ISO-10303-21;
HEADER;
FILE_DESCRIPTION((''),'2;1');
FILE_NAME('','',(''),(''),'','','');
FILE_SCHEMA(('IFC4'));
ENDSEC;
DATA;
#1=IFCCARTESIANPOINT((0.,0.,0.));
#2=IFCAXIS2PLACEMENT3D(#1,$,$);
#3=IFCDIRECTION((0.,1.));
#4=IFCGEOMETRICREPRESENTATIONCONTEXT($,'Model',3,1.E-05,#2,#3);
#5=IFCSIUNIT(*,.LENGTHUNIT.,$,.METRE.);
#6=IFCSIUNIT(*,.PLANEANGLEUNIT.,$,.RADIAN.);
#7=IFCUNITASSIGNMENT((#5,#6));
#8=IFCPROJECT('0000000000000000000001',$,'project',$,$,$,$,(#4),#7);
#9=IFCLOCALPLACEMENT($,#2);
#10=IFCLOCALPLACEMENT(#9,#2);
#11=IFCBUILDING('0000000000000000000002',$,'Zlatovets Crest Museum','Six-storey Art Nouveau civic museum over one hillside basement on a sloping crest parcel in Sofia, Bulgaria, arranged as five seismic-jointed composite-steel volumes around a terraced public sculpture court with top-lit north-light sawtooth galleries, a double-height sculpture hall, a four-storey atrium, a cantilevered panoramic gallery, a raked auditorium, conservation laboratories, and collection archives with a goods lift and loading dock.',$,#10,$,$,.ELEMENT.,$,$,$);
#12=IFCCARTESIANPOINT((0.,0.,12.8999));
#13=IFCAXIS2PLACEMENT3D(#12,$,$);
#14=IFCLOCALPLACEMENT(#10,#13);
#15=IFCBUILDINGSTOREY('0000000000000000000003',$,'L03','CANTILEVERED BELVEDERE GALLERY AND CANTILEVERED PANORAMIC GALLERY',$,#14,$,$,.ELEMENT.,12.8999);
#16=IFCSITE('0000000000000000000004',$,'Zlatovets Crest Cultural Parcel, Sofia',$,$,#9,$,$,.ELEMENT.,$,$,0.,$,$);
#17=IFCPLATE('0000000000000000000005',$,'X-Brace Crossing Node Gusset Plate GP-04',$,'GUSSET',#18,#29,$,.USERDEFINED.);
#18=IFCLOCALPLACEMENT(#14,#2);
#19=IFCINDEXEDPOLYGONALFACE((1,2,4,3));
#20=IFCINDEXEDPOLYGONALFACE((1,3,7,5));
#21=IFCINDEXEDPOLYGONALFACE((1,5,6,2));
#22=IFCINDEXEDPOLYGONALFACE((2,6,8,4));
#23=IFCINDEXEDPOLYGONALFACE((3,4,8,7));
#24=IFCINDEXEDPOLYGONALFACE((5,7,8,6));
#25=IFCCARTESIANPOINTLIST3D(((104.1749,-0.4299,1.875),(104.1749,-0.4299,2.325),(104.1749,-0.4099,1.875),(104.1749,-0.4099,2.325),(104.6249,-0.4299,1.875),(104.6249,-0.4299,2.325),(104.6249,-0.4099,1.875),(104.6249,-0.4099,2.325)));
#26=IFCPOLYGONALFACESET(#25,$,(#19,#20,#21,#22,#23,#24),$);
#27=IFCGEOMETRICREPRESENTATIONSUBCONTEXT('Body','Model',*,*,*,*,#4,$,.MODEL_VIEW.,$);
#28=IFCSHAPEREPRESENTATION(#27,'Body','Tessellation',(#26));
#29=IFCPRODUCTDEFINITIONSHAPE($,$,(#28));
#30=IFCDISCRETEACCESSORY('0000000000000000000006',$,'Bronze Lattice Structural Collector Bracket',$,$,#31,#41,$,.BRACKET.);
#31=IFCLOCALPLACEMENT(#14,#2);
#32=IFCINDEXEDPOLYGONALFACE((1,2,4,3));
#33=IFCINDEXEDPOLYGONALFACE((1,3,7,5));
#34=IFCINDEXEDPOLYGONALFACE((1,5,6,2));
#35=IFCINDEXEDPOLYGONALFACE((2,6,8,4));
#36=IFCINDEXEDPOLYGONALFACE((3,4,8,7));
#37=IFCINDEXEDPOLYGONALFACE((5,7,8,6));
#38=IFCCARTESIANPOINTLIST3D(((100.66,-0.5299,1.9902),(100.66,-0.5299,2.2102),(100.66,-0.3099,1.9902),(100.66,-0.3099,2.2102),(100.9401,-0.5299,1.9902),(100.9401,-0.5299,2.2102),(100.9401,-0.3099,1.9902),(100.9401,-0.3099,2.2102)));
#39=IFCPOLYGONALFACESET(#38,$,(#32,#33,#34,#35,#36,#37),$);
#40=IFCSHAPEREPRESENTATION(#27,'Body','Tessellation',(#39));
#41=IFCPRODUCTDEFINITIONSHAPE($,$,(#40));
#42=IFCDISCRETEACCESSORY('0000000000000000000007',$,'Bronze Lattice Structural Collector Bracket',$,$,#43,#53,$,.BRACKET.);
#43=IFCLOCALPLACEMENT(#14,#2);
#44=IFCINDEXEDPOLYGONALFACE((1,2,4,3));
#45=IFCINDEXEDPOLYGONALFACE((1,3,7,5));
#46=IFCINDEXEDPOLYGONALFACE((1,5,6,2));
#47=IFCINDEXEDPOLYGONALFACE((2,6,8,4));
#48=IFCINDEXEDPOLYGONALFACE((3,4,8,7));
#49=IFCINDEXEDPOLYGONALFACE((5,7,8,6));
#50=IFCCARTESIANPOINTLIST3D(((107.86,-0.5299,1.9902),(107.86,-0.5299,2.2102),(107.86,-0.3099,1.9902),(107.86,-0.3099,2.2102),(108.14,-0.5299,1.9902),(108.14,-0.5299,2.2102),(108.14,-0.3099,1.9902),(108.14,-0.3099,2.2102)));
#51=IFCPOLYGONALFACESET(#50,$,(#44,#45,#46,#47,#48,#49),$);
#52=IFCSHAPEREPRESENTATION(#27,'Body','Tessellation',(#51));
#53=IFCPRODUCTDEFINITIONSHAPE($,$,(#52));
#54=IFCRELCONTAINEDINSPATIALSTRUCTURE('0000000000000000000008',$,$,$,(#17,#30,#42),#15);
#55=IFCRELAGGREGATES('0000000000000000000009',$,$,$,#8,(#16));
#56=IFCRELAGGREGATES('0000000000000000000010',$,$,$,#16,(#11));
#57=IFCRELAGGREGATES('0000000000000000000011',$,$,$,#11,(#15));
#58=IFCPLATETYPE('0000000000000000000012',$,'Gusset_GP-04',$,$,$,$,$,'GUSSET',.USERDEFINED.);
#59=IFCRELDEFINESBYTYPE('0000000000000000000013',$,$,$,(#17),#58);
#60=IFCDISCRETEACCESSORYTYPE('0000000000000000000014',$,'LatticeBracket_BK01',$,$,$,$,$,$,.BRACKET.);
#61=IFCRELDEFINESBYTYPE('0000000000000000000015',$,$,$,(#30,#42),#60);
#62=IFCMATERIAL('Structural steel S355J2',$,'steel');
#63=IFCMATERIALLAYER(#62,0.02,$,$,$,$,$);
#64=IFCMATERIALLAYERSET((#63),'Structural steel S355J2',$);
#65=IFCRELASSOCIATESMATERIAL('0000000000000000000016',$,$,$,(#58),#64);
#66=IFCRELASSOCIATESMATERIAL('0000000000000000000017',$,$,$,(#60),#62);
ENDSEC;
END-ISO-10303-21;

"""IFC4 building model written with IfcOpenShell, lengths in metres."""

from ifc_helpers import new_model, si_unit, direction, frame, origin, origin_2d, place, context, subcontext, project, spatial, rectangle, extrude, material, layer, layer_set, type_object, element, save


model = new_model("IFC4")

# Units and contexts
model_context = context("Model", 3, precision=1e-05, world=origin(), true_north=direction((0.0, 1.0)))
body_context = subcontext(model_context, "Body", "Model", "MODEL_VIEW")
ifc_project = project(units=[si_unit("LENGTHUNIT", "METRE"), si_unit("PLANEANGLEUNIT", "RADIAN")], contexts=[model_context])

# Site, building, storey
site_placement = place(None, origin())
site = spatial("IfcSite", under=ifc_project, at=site_placement, Name="Zlatovets Crest Cultural Parcel, Sofia", CompositionType="ELEMENT", RefElevation=0.0)
building_placement = place(site_placement, origin())
building = spatial("IfcBuilding", under=site, at=building_placement, Name="Zlatovets Crest Museum", Description="Six-storey Art Nouveau civic museum over one hillside basement on a sloping crest parcel in Sofia, Bulgaria, arranged as five seismic-jointed composite-steel volumes around a terraced public sculpture court with top-lit north-light sawtooth galleries, a double-height sculpture hall, a four-storey atrium, a cantilevered panoramic gallery, a raked auditorium, conservation laboratories, and collection archives with a goods lift and loading dock.", CompositionType="ELEMENT")
storey_placement = place(building_placement, frame((0.0, 0.0, 12.8999)))
storey = spatial("IfcBuildingStorey", under=building, at=storey_placement, Name="L03", Description="CANTILEVERED BELVEDERE GALLERY AND CANTILEVERED PANORAMIC GALLERY", CompositionType="ELEMENT", Elevation=12.8999)

# Plate
ifc_material_1 = material(Name="Structural steel S355J2", Category="steel")
ifc_layer_1 = layer(ifc_material_1, 0.02)
ifc_layer_set_1 = layer_set([ifc_layer_1], Name="Structural steel S355J2")
plate_type_1 = type_object("IfcPlateType", Name="Gusset_GP-04", ElementType="GUSSET", PredefinedType="USERDEFINED", material=ifc_layer_set_1)
plate_1_placement = place(storey_placement, frame((104.3999, -0.4199, 1.875), z_axis=(0.0, 0.0, 1.0), x_axis=(1.0, 0.0, 0.0)))
element("IfcPlate", 1, at=plate_1_placement, inside=storey, type_object=plate_type_1, Name="X-Brace Crossing Node Gusset Plate GP-04", ObjectType="GUSSET", PredefinedType="USERDEFINED", context=body_context, shape_type="SweptSolid", body=[
    extrude(rectangle(XDim=0.45, YDim=0.02, at=origin_2d()), origin(), (0.0, 0.0, 1.0), 0.45),
])

# Discrete accessories
discrete_accessory_type = type_object("IfcDiscreteAccessoryType", Name="LatticeBracket_BK01", PredefinedType="BRACKET", material=ifc_material_1)
for number, where, z_axis, x_axis, name in (
    (2, (100.8, -0.4199, 1.9902), (0.0, 0.0, 1.0), (1.0, 0.0, 0.0), "Bronze Lattice Structural Collector Bracket"),
    (3, (108.0, -0.4199, 1.9902), (0.0, 0.0, 1.0), (1.0, 0.0, 0.0), "Bronze Lattice Structural Collector Bracket"),
):
    element("IfcDiscreteAccessory", number, at=place(storey_placement, frame(where, z_axis=z_axis, x_axis=x_axis)), inside=storey, type_object=discrete_accessory_type, Name=name, PredefinedType="BRACKET", context=body_context, shape_type="SweptSolid", body=[
        extrude(rectangle(XDim=0.28, YDim=0.22, at=origin_2d()), origin(), (0.0, 0.0, 1.0), 0.22),
    ])

save(model, "model.ifc")
